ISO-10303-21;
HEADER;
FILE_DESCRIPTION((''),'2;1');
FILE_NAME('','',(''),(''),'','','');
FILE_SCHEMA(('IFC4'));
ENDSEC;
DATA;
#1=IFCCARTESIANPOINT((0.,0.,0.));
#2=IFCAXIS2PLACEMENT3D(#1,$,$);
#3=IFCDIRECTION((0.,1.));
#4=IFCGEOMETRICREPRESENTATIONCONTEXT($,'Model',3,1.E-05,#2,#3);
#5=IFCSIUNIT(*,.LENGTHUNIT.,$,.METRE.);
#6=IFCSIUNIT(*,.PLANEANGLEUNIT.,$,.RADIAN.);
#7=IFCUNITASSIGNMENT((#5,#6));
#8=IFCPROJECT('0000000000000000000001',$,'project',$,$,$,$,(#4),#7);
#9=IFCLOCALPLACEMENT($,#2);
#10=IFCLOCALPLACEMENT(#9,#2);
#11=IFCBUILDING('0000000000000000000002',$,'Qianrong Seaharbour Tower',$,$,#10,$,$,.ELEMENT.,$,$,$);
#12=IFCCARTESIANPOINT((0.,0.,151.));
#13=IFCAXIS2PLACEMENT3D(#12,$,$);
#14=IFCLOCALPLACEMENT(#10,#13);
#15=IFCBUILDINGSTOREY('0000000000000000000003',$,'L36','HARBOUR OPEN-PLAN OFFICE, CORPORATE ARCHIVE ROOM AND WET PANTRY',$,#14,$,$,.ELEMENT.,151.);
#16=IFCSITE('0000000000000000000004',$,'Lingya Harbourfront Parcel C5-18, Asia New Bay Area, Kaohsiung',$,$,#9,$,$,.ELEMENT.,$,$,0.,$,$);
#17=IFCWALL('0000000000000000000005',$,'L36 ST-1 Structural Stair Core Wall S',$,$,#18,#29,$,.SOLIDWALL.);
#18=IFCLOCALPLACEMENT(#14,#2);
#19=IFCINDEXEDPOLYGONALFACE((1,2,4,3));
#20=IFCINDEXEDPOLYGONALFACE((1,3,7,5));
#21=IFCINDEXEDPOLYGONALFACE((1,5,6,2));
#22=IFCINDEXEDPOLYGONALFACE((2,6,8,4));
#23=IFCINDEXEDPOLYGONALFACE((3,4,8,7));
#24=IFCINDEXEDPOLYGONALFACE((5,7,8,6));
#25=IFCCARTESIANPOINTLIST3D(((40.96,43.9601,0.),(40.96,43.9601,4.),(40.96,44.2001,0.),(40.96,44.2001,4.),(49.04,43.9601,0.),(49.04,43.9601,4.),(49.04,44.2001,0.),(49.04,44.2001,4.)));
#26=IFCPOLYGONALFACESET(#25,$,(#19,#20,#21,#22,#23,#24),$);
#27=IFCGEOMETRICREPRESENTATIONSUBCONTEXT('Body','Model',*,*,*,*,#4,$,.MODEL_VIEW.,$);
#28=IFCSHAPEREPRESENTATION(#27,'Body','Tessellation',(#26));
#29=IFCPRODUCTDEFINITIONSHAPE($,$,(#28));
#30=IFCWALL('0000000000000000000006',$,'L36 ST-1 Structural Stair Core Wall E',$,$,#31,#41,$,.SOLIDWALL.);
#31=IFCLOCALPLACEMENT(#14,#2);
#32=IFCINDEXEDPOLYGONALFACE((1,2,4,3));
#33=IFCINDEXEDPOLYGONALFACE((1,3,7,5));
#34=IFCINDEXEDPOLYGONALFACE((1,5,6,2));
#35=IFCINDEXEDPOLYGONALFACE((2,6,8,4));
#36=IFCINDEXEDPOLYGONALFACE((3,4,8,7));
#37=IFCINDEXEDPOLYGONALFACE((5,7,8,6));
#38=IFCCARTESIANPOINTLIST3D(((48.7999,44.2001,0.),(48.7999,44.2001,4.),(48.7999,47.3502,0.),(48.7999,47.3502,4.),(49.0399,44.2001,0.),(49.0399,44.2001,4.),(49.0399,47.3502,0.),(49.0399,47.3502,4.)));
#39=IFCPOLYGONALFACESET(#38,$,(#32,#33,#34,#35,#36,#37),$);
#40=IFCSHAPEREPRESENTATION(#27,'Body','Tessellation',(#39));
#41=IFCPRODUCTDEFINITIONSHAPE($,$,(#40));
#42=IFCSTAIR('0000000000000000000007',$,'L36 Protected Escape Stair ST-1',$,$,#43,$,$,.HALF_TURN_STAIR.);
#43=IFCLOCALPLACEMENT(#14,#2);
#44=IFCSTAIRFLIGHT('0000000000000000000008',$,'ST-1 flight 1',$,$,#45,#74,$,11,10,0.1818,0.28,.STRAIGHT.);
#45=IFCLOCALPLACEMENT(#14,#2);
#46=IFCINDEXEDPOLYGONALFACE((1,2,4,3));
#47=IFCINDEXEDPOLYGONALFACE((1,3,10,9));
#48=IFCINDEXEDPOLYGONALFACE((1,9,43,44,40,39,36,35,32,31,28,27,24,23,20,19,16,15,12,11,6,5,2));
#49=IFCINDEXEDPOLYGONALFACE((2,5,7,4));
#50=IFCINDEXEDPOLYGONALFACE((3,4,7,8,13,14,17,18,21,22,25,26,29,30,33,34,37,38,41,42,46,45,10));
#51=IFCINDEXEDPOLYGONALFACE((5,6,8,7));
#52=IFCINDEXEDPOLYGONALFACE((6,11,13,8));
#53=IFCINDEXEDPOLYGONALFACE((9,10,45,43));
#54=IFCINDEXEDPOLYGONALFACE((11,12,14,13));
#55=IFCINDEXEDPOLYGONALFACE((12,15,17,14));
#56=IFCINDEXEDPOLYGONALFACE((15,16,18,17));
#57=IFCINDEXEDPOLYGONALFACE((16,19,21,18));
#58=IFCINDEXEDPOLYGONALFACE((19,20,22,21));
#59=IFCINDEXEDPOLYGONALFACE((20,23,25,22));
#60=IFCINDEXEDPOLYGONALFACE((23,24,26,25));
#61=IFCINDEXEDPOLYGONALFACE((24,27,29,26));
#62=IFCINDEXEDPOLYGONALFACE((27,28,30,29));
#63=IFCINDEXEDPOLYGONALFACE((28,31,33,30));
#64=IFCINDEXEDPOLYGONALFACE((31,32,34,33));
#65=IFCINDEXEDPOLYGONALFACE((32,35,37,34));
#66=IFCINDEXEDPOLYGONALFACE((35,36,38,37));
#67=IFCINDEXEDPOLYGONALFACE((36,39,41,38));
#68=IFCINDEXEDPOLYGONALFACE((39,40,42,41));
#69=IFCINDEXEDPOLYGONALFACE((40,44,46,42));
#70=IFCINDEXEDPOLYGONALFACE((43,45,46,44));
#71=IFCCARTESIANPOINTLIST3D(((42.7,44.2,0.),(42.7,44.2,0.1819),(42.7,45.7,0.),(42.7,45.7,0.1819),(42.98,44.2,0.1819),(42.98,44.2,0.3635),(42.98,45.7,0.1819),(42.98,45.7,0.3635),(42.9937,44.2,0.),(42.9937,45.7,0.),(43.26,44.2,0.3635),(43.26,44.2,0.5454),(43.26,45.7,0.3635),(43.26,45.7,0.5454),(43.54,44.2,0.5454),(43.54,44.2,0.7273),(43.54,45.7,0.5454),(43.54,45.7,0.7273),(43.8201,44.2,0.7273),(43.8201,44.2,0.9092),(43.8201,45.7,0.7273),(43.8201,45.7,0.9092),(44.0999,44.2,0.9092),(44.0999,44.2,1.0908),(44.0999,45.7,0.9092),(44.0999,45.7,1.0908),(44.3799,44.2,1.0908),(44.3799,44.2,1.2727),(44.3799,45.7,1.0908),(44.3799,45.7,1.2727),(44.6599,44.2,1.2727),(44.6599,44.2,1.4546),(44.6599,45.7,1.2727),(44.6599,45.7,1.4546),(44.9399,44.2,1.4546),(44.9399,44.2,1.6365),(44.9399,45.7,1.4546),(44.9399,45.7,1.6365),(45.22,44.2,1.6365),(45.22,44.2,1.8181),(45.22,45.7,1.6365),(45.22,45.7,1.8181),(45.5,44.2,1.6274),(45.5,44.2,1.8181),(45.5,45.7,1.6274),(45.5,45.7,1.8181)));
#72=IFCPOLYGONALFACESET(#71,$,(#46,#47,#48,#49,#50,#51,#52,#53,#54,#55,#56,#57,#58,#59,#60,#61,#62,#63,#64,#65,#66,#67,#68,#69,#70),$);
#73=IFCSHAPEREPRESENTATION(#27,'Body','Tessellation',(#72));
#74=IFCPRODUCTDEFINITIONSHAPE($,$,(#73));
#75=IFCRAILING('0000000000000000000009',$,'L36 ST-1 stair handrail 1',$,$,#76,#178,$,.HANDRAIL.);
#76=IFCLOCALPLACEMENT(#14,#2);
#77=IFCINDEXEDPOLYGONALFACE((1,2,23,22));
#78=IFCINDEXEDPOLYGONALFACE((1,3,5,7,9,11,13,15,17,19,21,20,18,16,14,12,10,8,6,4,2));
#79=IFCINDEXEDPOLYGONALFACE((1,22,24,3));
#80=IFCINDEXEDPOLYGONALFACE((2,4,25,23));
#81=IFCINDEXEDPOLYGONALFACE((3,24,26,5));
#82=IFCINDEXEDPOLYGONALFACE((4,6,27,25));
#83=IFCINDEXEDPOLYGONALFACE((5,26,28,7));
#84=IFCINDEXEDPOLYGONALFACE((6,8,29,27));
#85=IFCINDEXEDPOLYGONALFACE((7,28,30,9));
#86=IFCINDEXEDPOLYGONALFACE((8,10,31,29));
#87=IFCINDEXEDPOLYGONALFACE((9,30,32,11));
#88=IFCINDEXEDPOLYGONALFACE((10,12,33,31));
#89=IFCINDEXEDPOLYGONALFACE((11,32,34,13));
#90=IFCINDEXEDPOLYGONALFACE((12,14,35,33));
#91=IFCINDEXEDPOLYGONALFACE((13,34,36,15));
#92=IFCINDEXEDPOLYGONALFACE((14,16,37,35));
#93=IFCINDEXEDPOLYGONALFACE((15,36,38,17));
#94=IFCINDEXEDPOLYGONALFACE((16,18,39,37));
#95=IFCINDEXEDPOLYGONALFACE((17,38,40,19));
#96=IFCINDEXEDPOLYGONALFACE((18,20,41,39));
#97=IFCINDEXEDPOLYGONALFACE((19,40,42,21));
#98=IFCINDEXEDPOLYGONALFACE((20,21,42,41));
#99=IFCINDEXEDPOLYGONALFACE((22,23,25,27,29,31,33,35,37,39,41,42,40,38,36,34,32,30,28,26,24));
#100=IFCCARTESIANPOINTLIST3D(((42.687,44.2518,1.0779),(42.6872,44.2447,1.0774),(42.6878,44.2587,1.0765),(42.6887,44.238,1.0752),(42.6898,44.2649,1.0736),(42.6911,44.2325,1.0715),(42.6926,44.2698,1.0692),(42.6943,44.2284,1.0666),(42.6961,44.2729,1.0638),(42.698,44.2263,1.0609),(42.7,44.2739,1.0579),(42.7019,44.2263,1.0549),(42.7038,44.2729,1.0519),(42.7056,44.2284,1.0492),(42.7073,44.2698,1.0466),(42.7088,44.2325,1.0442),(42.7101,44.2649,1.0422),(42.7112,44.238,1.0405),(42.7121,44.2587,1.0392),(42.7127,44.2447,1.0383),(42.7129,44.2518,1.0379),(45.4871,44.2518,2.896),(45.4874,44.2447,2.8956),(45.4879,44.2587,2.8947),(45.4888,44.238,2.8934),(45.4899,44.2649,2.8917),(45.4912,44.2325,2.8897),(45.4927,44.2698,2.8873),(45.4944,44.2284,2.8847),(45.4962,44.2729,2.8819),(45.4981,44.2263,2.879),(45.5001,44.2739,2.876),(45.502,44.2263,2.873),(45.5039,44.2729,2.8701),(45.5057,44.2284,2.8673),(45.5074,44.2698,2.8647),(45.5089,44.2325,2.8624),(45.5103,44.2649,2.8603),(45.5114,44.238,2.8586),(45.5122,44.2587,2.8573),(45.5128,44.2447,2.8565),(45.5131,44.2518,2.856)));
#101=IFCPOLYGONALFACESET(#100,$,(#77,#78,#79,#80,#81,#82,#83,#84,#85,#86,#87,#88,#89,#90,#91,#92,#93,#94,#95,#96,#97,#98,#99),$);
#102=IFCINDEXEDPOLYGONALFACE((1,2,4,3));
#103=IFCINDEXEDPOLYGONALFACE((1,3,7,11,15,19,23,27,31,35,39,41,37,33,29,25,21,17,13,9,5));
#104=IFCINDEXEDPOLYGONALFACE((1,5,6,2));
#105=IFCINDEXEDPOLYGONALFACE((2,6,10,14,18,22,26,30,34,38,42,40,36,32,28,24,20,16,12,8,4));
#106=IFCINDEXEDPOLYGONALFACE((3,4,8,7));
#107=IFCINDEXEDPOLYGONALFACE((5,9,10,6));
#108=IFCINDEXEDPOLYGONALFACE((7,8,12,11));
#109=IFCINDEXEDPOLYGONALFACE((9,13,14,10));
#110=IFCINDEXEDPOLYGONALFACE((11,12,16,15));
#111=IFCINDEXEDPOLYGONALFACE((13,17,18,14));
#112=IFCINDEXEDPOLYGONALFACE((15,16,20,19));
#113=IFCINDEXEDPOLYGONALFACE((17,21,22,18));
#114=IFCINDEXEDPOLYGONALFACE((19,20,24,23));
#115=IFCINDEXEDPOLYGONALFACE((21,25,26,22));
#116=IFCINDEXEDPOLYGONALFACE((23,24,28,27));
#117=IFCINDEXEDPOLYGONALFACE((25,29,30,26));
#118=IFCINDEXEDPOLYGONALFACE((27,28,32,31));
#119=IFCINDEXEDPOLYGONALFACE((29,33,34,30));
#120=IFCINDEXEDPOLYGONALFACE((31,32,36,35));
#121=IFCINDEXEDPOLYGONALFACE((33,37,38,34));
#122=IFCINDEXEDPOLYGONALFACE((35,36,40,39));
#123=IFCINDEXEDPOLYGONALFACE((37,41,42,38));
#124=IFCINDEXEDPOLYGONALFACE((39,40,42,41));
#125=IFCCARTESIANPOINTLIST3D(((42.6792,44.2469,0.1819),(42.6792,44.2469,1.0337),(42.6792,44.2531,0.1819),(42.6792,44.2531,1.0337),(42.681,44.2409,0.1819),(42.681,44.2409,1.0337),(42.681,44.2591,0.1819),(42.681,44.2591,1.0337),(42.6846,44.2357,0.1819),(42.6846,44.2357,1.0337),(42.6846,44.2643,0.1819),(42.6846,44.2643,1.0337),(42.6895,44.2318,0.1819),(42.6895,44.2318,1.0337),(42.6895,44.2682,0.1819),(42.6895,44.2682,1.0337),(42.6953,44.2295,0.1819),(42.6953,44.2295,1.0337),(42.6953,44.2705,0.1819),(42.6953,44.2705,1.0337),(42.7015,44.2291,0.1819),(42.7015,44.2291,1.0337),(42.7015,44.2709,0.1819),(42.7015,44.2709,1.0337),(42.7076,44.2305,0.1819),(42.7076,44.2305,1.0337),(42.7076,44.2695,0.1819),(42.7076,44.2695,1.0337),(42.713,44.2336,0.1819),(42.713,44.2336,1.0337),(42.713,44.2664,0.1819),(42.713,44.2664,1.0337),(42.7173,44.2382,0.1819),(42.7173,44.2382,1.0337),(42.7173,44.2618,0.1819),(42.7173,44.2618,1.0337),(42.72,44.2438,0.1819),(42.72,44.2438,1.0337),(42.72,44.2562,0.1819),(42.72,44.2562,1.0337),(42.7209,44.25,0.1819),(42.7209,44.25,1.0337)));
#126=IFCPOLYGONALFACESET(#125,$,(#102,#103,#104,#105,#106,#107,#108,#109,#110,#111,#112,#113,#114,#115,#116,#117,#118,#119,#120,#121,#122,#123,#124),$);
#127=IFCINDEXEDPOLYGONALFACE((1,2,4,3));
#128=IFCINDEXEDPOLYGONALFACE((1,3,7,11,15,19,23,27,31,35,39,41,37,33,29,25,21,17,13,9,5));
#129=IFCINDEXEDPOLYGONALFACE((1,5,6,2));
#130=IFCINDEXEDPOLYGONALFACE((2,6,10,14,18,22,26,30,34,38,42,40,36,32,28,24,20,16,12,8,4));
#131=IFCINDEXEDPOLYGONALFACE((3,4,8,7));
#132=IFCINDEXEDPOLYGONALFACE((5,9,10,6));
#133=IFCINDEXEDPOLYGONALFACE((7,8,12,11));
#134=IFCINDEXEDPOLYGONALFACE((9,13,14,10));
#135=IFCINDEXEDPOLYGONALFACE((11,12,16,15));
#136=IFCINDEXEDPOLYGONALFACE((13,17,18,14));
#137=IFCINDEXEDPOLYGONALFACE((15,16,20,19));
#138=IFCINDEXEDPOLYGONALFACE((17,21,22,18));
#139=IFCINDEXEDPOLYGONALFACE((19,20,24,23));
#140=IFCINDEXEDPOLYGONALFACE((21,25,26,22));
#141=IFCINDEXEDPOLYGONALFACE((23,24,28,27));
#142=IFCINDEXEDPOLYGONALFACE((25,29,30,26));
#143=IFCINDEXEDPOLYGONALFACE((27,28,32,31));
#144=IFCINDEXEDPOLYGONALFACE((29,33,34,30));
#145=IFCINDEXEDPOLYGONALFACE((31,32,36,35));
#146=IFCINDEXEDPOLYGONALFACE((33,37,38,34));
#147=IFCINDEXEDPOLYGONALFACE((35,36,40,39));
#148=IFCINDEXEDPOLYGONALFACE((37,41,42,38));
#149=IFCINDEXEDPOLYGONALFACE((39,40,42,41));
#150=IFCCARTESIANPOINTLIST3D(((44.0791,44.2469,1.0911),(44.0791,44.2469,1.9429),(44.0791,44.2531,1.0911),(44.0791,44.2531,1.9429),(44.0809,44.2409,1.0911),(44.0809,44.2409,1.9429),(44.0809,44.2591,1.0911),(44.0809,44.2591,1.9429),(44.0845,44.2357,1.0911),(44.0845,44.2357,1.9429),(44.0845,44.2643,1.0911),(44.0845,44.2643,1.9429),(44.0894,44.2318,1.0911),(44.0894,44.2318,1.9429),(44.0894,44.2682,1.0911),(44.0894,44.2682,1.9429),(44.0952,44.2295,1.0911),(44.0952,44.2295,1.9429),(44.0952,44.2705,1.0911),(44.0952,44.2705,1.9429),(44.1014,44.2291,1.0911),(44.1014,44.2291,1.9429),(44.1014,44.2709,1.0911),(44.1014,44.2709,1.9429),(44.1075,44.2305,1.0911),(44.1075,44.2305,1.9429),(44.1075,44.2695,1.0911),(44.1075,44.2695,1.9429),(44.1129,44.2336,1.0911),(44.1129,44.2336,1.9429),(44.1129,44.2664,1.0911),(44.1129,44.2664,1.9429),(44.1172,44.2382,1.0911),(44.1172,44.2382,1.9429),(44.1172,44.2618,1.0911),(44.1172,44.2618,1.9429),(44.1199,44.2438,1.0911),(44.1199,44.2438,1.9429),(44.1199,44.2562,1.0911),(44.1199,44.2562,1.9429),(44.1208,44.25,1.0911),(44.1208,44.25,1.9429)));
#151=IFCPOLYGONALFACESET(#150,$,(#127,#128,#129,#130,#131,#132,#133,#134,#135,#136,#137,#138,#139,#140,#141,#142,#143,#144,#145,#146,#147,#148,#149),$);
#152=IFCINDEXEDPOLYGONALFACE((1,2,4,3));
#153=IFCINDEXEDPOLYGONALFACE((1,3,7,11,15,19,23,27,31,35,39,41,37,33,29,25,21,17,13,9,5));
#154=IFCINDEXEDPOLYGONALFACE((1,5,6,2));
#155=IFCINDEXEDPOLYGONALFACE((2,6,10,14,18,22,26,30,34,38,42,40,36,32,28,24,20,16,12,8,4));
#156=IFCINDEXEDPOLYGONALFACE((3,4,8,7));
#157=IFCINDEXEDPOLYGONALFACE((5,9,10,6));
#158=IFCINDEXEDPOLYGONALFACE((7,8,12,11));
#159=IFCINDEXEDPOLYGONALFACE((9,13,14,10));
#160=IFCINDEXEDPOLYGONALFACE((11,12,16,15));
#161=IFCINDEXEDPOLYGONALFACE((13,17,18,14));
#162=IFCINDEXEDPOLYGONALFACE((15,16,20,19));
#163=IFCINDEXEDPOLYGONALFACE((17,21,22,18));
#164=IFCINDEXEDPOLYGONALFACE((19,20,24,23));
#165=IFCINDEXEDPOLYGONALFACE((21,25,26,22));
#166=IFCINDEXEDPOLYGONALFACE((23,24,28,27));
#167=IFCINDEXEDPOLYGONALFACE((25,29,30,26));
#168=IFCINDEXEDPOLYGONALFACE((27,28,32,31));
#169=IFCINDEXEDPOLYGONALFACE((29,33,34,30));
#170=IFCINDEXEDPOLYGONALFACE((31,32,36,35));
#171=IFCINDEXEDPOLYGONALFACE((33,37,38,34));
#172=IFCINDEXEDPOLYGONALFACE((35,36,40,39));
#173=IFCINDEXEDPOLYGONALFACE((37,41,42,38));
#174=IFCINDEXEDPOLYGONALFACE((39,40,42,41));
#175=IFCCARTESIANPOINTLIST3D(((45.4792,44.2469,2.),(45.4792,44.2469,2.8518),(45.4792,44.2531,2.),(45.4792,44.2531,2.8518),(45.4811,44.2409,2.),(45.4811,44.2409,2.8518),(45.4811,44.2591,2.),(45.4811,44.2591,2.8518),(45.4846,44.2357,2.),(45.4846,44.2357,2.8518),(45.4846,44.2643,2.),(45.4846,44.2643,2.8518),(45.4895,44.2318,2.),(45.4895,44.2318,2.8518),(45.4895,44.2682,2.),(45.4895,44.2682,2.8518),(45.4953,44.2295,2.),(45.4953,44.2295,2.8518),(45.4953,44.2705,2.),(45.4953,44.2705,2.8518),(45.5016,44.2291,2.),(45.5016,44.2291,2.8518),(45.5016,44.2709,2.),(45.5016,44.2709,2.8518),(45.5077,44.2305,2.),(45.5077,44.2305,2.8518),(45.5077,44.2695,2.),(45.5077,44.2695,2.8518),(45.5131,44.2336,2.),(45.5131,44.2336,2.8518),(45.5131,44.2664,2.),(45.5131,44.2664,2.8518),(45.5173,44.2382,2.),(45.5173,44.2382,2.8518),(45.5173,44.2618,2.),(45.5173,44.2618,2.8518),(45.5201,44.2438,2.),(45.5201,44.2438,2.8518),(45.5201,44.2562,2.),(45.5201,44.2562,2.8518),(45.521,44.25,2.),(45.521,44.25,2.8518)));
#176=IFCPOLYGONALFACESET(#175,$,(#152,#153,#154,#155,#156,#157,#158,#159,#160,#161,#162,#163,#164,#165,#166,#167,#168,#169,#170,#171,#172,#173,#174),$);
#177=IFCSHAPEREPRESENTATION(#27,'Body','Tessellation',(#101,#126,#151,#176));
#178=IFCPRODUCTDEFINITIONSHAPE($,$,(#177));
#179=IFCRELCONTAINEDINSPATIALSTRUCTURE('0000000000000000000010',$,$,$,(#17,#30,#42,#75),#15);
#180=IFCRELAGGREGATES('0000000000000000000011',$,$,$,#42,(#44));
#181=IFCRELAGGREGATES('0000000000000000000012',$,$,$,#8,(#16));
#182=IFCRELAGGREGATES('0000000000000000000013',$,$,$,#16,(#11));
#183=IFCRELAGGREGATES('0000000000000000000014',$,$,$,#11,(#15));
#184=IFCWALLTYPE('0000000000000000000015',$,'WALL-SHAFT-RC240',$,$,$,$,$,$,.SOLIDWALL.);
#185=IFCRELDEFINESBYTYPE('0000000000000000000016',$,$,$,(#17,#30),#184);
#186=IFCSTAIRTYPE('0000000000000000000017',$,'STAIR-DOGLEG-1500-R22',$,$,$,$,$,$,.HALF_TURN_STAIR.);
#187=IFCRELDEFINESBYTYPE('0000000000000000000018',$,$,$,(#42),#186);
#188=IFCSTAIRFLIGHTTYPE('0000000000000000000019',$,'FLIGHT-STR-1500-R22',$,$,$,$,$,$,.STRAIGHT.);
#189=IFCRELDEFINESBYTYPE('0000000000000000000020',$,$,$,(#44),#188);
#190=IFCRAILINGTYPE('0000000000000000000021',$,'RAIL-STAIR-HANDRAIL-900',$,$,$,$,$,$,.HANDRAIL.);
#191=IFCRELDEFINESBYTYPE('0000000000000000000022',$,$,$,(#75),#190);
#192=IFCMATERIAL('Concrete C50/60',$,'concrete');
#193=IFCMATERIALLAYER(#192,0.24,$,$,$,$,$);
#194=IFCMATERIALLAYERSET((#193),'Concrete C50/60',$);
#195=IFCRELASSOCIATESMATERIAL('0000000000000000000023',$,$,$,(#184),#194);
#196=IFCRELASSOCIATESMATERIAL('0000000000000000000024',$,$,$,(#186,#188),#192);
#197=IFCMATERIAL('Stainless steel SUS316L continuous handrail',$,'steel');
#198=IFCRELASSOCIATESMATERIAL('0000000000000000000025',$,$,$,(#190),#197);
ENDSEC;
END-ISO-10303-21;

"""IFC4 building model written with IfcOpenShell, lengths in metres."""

from ifc_helpers import new_model, si_unit, direction, frame, frame_2d, origin, origin_2d, place, context, subcontext, project, spatial, polyline, rectangle, circle, outline, extrude, material, layer, layer_set, type_object, element, aggregate, save


model = new_model("IFC4")

# Units and contexts
model_context = context("Model", 3, precision=1e-05, world=origin(), true_north=direction((0.0, 1.0)))
body_context = subcontext(model_context, "Body", "Model", "MODEL_VIEW")
ifc_project = project(units=[si_unit("LENGTHUNIT", "METRE"), si_unit("PLANEANGLEUNIT", "RADIAN")], contexts=[model_context])

# Site, building, storey
site_placement = place(None, origin())
site = spatial("IfcSite", under=ifc_project, at=site_placement, Name="Lingya Harbourfront Parcel C5-18, Asia New Bay Area, Kaohsiung", CompositionType="ELEMENT", RefElevation=0.0)
building_placement = place(site_placement, origin())
building = spatial("IfcBuilding", under=site, at=building_placement, Name="Qianrong Seaharbour Tower", CompositionType="ELEMENT")
storey_placement = place(building_placement, frame((0.0, 0.0, 151.0)))
storey = spatial("IfcBuildingStorey", under=building, at=storey_placement, Name="L36", Description="HARBOUR OPEN-PLAN OFFICE, CORPORATE ARCHIVE ROOM AND WET PANTRY", CompositionType="ELEMENT", Elevation=151.0)

# Walls
ifc_material_1 = material(Name="Concrete C50/60", Category="concrete")
ifc_layer_1 = layer(ifc_material_1, 0.24)
ifc_layer_set_1 = layer_set([ifc_layer_1], Name="Concrete C50/60")
wall_type_1 = type_object("IfcWallType", Name="WALL-SHAFT-RC240", PredefinedType="SOLIDWALL", material=ifc_layer_set_1)
wall_1_placement = place(storey_placement, frame((49.04, 44.0801, 0.0), z_axis=(0.0, 0.0, 1.0), x_axis=(-1.0, 0.0, 0.0)))
element("IfcWall", 1, at=wall_1_placement, inside=storey, type_object=wall_type_1, Name="L36 ST-1 Structural Stair Core Wall S", PredefinedType="SOLIDWALL", context=body_context, shape_type="SweptSolid", body=[
    extrude(rectangle(XDim=8.0801, YDim=0.24, at=frame_2d((4.04, 0.0))), origin(), (0.0, 0.0, 1.0), 4.0),
])
wall_2_placement = place(storey_placement, frame((48.9199, 44.2, 0.0), z_axis=(0.0, 0.0, 1.0), x_axis=(0.0, 1.0, 0.0)))
element("IfcWall", 2, at=wall_2_placement, inside=storey, type_object=wall_type_1, Name="L36 ST-1 Structural Stair Core Wall E", PredefinedType="SOLIDWALL", context=body_context, shape_type="SweptSolid", body=[
    extrude(rectangle(XDim=3.1501, YDim=0.24, at=frame_2d((1.5752, 0.0))), origin(), (0.0, 0.0, 1.0), 4.0),
])

# Stair, stair flight
stair_type = type_object("IfcStairType", Name="STAIR-DOGLEG-1500-R22", PredefinedType="HALF_TURN_STAIR", material=ifc_material_1)
stair_placement = place(storey_placement, origin())
stair = element("IfcStair", 3, at=stair_placement, inside=storey, type_object=stair_type, Name="L36 Protected Escape Stair ST-1", PredefinedType="HALF_TURN_STAIR")
stair_flight_type = type_object("IfcStairFlightType", Name="FLIGHT-STR-1500-R22", PredefinedType="STRAIGHT", material=ifc_material_1)
stair_flight_placement = place(storey_placement, frame((42.7, 44.95, 0.0), z_axis=(0.0, 0.0, 1.0), x_axis=(1.0, 0.0, 0.0)))
stair_flight = element("IfcStairFlight", 4, at=stair_flight_placement, type_object=stair_flight_type, Name="ST-1 flight 1", NumberOfRisers=11, NumberOfTreads=10, PredefinedType="STRAIGHT", RiserHeight=0.1818, TreadLength=0.28, context=body_context, shape_type="SweptSolid", body=[
    extrude(outline(polyline([(0.0, 0.0), (0.0, 0.1819), (0.28, 0.1819), (0.28, 0.3635), (0.5601, 0.3635), (0.5601, 0.5454), (0.8401, 0.5454), (0.8401, 0.7273), (1.1201, 0.7273), (1.1201, 0.9092), (1.3999, 0.9092), (1.3999, 1.0908), (1.6799, 1.0908), (1.6799, 1.2727), (1.96, 1.2727), (1.96, 1.4546), (2.24, 1.4546), (2.24, 1.6365), (2.52, 1.6365), (2.52, 1.8181), (2.8, 1.8181), (2.8, 2.0), (2.8, 1.6274), (0.2937, 0.0), (0.0, 0.0)])), frame((0.0, 0.75, 0.0), z_axis=(0.0, -1.0, 0.0), x_axis=(1.0, 0.0, 0.0)), (0.0, 0.0, 1.0), 1.5),
])
aggregate(stair, [stair_flight])

# Railing
ifc_material_2 = material(Name="Stainless steel SUS316L continuous handrail", Category="steel")
railing_type = type_object("IfcRailingType", Name="RAIL-STAIR-HANDRAIL-900", PredefinedType="HANDRAIL", material=ifc_material_2)
railing_placement = place(storey_placement, frame((42.7, 44.25, 0.1819)))
element("IfcRailing", 5, at=railing_placement, inside=storey, type_object=railing_type, Name="L36 ST-1 stair handrail 1", PredefinedType="HANDRAIL", context=body_context, shape_type="SweptSolid", body=[
    extrude(circle(Radius=0.0239, at=origin_2d()), frame((0.0, 0.0, 0.876), z_axis=(0.838706, 0.0, 0.544585), x_axis=(0.0, 1.0, 0.0)), (0.0, 0.0, 1.0), 3.3386),
    extrude(circle(Radius=0.021, at=origin_2d()), origin(), (0.0, 0.0, 1.0), 0.8518),
    extrude(circle(Radius=0.021, at=origin_2d()), frame((1.3999, 0.0, 0.9092)), (0.0, 0.0, 1.0), 0.8518),
    extrude(circle(Radius=0.021, at=origin_2d()), frame((2.8, 0.0, 1.8181)), (0.0, 0.0, 1.0), 0.8518),
])

save(model, "model.ifc")
